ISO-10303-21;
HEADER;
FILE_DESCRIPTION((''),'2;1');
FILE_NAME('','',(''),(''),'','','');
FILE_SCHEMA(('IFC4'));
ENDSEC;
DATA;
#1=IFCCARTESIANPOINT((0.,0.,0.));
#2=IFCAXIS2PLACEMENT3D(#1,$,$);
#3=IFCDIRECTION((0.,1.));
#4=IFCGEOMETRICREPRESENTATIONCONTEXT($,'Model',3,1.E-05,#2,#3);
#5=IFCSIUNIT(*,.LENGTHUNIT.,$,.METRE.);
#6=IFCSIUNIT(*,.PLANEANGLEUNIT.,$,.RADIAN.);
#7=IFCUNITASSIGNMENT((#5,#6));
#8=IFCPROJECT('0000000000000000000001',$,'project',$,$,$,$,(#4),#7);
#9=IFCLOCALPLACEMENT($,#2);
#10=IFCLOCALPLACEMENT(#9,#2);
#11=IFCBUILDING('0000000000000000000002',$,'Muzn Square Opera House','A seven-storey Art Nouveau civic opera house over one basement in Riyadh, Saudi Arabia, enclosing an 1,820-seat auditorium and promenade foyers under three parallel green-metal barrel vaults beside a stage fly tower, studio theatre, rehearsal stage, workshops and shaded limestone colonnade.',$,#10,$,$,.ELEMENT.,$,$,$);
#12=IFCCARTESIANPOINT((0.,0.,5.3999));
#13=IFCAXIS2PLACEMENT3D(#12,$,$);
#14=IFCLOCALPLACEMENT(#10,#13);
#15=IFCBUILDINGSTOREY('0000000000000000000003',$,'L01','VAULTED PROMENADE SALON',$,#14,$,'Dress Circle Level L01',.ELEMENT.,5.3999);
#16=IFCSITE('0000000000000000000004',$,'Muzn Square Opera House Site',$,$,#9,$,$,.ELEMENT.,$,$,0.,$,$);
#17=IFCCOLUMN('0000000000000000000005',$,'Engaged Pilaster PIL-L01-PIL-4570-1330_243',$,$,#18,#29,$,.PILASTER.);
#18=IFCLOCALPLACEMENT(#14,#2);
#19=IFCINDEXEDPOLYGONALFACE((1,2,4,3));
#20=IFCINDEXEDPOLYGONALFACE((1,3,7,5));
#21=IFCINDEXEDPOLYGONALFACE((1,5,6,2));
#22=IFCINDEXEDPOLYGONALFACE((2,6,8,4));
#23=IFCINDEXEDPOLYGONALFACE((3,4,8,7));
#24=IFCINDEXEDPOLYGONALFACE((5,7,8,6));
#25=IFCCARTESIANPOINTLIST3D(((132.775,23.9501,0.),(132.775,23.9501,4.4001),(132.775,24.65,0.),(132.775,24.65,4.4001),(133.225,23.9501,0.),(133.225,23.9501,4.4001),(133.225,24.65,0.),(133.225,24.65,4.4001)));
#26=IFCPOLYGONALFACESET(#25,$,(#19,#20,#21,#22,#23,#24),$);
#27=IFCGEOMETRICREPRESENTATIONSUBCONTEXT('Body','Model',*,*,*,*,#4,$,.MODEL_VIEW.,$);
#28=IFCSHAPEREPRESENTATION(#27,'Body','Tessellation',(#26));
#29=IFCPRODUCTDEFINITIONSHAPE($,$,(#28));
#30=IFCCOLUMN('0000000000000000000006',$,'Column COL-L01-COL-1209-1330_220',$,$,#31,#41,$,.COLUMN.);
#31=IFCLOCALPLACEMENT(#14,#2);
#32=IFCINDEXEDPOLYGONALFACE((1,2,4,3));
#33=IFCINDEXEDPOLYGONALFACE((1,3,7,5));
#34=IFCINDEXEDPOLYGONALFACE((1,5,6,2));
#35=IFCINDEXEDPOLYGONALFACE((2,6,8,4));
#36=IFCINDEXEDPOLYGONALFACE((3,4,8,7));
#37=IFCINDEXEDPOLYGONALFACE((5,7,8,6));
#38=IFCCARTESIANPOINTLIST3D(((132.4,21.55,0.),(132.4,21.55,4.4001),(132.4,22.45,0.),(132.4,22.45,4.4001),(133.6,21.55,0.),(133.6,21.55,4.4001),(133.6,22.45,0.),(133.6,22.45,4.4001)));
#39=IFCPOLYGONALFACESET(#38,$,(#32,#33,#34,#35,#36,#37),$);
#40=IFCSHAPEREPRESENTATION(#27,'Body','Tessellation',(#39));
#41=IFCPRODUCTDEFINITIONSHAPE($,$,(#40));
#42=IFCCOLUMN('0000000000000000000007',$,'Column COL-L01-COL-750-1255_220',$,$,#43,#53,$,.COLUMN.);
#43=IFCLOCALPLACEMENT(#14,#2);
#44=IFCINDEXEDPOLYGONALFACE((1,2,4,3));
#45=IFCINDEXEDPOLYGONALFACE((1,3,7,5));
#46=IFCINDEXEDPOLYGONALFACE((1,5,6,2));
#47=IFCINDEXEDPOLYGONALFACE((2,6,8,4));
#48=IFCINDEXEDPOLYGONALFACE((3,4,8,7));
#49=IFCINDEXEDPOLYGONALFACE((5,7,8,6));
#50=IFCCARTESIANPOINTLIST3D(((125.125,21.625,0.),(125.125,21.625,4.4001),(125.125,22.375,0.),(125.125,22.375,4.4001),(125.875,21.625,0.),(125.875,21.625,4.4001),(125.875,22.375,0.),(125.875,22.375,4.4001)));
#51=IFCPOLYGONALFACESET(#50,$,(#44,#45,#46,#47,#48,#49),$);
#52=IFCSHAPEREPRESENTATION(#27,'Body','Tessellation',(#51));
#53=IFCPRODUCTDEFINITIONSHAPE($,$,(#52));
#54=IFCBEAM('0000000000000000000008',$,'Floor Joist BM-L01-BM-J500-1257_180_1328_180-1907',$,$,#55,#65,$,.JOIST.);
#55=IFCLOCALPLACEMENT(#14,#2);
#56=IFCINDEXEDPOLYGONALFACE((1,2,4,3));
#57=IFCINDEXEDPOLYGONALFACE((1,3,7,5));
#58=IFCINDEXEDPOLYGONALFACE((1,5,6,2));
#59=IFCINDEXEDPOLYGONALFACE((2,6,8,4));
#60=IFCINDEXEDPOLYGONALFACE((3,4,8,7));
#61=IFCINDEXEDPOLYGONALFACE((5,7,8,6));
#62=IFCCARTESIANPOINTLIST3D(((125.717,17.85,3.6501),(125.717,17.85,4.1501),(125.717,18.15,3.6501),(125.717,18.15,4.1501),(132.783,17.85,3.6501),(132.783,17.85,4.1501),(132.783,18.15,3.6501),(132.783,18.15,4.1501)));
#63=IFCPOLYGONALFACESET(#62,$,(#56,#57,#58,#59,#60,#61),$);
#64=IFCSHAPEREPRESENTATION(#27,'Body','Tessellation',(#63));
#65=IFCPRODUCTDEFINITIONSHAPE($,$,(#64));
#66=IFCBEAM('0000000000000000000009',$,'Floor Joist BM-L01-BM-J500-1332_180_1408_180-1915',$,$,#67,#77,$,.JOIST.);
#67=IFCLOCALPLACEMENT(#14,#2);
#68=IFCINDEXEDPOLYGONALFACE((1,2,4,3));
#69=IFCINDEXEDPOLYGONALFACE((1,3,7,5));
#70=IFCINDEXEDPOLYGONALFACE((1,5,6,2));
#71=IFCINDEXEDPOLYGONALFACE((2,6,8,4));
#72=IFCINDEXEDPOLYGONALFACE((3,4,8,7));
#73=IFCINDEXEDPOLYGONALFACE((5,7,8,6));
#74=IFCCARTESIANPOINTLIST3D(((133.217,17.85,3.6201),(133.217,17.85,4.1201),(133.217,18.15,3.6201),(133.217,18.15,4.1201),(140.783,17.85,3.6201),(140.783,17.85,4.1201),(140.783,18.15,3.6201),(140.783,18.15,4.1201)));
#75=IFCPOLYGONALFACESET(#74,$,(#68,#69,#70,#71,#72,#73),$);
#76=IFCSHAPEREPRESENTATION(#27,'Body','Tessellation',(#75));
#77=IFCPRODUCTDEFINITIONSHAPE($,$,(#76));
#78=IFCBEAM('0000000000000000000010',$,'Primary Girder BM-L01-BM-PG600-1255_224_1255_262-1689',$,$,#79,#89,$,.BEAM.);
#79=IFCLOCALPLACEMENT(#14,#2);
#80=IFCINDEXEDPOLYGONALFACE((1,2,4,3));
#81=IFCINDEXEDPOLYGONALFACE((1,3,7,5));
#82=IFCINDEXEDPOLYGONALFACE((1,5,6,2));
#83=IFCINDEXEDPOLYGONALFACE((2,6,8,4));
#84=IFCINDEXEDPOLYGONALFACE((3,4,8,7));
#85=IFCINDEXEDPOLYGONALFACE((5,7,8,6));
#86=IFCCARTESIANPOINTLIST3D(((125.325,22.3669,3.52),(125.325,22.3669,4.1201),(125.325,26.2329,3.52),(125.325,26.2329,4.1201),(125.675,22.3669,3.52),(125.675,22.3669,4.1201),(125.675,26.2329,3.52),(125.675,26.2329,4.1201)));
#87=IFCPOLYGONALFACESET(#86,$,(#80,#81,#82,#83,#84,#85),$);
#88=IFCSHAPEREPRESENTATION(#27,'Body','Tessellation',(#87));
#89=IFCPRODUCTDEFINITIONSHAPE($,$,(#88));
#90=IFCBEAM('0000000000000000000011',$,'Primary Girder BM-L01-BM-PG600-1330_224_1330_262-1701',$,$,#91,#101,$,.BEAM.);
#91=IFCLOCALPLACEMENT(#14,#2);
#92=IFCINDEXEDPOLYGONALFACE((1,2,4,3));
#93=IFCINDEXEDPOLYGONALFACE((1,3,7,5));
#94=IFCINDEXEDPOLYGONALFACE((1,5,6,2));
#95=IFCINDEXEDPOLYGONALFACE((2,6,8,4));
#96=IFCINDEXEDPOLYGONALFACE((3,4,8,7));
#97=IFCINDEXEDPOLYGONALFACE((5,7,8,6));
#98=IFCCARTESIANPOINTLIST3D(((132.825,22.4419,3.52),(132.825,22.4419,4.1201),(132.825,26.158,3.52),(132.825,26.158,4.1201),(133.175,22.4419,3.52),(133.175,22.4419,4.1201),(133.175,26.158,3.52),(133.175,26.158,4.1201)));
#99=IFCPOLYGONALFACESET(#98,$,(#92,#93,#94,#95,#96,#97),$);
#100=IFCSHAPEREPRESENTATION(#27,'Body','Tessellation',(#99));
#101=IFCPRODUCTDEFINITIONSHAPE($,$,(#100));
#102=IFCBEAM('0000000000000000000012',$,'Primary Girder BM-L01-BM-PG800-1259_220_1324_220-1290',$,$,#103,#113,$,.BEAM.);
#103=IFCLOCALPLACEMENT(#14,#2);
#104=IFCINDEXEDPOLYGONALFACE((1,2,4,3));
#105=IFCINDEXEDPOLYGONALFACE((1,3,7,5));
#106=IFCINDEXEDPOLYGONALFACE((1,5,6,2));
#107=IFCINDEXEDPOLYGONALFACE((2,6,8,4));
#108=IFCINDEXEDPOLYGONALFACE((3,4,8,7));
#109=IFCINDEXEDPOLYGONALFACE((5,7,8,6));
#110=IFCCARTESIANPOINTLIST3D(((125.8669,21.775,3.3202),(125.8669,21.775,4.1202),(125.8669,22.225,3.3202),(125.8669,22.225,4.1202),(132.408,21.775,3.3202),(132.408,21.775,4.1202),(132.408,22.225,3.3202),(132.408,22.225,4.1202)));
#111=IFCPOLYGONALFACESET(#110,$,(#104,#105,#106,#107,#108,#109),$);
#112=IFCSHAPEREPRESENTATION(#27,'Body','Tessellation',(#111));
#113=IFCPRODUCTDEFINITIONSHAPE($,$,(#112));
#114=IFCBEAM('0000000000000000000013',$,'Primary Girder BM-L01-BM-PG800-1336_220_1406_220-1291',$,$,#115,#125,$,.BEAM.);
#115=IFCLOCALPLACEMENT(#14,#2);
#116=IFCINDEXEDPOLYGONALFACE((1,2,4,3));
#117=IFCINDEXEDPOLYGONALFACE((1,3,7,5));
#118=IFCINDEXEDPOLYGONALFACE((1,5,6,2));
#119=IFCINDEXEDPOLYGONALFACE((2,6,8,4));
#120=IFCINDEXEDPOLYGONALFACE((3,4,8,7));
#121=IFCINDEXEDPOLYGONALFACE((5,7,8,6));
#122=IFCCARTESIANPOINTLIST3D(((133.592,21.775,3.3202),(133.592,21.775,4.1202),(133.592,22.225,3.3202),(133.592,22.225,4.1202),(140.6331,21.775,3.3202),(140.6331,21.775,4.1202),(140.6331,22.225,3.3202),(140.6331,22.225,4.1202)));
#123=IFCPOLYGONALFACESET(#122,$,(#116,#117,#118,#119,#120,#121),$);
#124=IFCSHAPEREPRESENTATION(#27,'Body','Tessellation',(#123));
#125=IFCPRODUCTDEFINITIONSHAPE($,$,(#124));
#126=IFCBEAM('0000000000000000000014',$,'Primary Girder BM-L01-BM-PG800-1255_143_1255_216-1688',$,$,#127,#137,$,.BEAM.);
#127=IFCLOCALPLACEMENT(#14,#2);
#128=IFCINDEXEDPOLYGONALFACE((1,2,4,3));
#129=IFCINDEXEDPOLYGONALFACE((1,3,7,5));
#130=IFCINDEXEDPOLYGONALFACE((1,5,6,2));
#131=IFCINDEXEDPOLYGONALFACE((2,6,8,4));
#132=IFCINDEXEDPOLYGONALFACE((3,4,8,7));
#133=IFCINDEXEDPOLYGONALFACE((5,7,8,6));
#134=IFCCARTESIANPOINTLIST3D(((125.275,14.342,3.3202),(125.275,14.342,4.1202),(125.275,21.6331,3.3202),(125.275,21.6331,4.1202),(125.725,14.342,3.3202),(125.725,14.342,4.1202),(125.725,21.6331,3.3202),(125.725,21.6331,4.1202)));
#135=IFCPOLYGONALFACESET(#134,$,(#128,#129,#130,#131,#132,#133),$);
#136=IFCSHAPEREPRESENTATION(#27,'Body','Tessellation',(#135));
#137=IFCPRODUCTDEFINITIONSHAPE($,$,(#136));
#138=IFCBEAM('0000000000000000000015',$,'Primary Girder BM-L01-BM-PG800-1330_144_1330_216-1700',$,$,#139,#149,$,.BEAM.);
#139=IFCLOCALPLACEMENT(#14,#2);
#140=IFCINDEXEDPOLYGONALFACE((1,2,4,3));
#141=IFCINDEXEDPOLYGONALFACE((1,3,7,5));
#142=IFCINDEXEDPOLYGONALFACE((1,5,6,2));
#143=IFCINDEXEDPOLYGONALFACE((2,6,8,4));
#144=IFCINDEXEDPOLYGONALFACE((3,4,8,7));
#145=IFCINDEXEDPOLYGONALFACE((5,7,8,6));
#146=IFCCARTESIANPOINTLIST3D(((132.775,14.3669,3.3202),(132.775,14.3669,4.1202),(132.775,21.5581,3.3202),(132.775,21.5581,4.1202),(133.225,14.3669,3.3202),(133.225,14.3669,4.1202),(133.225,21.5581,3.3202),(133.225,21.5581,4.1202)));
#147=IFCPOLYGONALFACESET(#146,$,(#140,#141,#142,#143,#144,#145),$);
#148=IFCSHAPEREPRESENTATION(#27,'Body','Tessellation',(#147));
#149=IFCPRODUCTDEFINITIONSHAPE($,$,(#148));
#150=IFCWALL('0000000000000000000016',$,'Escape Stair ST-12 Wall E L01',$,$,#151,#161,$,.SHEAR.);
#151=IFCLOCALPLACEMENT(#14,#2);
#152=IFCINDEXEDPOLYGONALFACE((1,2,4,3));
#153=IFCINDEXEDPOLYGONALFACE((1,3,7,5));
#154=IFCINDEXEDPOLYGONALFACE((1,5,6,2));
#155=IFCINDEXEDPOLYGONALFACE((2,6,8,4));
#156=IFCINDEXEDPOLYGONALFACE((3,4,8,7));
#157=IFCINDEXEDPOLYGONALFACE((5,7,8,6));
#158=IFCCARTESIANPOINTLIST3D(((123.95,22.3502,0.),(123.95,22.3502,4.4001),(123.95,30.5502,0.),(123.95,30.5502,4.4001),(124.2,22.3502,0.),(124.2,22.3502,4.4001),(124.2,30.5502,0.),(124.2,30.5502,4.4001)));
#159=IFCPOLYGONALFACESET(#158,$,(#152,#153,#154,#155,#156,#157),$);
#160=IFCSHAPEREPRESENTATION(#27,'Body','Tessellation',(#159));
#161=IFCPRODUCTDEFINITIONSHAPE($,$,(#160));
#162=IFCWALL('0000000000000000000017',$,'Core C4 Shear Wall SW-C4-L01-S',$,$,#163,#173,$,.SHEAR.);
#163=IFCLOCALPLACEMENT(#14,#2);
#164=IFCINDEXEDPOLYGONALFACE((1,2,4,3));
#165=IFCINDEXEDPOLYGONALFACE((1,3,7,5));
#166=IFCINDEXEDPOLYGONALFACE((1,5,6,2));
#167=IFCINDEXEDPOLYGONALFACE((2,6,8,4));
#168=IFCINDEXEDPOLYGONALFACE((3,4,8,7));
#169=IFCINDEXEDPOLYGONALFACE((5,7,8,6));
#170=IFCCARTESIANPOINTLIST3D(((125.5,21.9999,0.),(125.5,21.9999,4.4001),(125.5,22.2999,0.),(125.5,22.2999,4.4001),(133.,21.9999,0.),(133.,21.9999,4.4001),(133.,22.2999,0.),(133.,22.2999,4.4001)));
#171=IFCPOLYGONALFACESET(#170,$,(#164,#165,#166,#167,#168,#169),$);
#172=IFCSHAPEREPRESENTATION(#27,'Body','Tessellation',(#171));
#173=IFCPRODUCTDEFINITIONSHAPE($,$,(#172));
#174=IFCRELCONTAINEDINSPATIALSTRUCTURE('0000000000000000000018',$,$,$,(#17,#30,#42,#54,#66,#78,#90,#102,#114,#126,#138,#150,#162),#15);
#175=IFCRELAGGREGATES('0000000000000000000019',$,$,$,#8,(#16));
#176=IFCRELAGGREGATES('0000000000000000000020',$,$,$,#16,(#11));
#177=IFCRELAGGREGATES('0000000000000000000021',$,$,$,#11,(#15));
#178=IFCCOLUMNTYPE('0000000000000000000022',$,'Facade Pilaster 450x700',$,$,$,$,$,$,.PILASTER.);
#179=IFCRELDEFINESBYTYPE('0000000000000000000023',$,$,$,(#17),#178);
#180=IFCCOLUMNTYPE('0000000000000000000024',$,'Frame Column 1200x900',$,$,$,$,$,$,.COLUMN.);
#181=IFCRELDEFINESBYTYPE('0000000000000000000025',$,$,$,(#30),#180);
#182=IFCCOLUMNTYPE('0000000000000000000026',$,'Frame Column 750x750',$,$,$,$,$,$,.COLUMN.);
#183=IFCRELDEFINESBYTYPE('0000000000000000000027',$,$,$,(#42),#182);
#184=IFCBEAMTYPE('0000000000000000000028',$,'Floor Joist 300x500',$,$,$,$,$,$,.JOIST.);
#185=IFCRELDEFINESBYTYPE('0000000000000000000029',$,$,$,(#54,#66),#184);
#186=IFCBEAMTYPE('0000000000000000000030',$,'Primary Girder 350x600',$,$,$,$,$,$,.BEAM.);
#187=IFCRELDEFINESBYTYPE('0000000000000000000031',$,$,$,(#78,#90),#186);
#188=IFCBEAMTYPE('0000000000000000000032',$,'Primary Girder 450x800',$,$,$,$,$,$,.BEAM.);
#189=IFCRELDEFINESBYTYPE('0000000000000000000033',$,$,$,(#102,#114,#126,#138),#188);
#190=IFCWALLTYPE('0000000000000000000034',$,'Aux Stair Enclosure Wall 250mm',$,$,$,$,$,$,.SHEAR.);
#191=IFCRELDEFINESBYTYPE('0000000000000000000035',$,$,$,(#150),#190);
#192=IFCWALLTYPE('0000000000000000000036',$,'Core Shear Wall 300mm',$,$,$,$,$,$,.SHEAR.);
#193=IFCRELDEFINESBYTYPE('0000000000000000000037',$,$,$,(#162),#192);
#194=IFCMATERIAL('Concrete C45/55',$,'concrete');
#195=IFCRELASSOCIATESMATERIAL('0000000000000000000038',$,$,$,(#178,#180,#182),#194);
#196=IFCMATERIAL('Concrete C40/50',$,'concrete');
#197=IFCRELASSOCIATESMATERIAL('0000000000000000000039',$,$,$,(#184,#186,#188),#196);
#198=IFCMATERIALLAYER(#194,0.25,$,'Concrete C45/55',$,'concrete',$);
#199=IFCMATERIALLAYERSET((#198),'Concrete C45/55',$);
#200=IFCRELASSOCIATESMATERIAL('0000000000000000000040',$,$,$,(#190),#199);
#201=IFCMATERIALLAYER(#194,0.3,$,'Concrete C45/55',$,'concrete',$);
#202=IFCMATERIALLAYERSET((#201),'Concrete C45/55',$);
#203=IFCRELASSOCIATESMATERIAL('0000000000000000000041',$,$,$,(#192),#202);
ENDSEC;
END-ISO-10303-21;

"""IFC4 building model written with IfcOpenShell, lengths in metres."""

from ifc_helpers import new_model, si_unit, direction, frame, frame_2d, origin, origin_2d, place, context, subcontext, project, spatial, rectangle, extrude, material, layer, layer_set, material_profile, profile_set, type_object, element, save


model = new_model("IFC4")

# Units and contexts
model_context = context("Model", 3, precision=1e-05, world=origin(), true_north=direction((0.0, 1.0)))
body_context = subcontext(model_context, "Body", "Model", "MODEL_VIEW")
ifc_project = project(units=[si_unit("LENGTHUNIT", "METRE"), si_unit("PLANEANGLEUNIT", "RADIAN")], contexts=[model_context])

# Site, building, storey
site_placement = place(None, origin())
site = spatial("IfcSite", under=ifc_project, at=site_placement, Name="Muzn Square Opera House Site", CompositionType="ELEMENT", RefElevation=0.0)
building_placement = place(site_placement, origin())
building = spatial("IfcBuilding", under=site, at=building_placement, Name="Muzn Square Opera House", Description="A seven-storey Art Nouveau civic opera house over one basement in Riyadh, Saudi Arabia, enclosing an 1,820-seat auditorium and promenade foyers under three parallel green-metal barrel vaults beside a stage fly tower, studio theatre, rehearsal stage, workshops and shaded limestone colonnade.", CompositionType="ELEMENT")
storey_placement = place(building_placement, frame((0.0, 0.0, 5.3999)))
storey = spatial("IfcBuildingStorey", under=building, at=storey_placement, Name="L01", Description="VAULTED PROMENADE SALON", LongName="Dress Circle Level L01", CompositionType="ELEMENT", Elevation=5.3999)

# Columns
ifc_material_1 = material(Name="Concrete C45/55", Category="concrete")
ifc_material_profile_1 = material_profile(ifc_material_1, rectangle(XDim=0.45, YDim=0.7, at=origin_2d()), Name="RC 450x700", Category="concrete")
ifc_profile_set_1 = profile_set([ifc_material_profile_1], Name="Concrete C45/55")
column_type_1 = type_object("IfcColumnType", Name="Facade Pilaster 450x700", PredefinedType="PILASTER", material=ifc_profile_set_1)
column_1_placement = place(storey_placement, frame((133.0, 24.3, 0.0), z_axis=(0.0, 0.0, 1.0), x_axis=(1.0, 0.0, 0.0)))
element("IfcColumn", 1, at=column_1_placement, inside=storey, type_object=column_type_1, Name="Engaged Pilaster PIL-L01-PIL-4570-1330_243", PredefinedType="PILASTER", context=body_context, shape_type="SweptSolid", body=[
    extrude(rectangle(XDim=0.45, YDim=0.7, at=origin_2d()), origin(), (0.0, 0.0, 1.0), 4.4001),
])
ifc_material_profile_2 = material_profile(ifc_material_1, rectangle(XDim=1.2, YDim=0.8999, at=origin_2d()), Name="RC 1200x900", Category="concrete")
ifc_profile_set_2 = profile_set([ifc_material_profile_2], Name="Concrete C45/55")
column_type_2 = type_object("IfcColumnType", Name="Frame Column 1200x900", PredefinedType="COLUMN", material=ifc_profile_set_2)
column_2_placement = place(storey_placement, frame((133.0, 22.0, 0.0), z_axis=(0.0, 0.0, 1.0), x_axis=(1.0, 0.0, 0.0)))
element("IfcColumn", 2, at=column_2_placement, inside=storey, type_object=column_type_2, Name="Column COL-L01-COL-1209-1330_220", PredefinedType="COLUMN", context=body_context, shape_type="SweptSolid", body=[
    extrude(rectangle(XDim=1.2, YDim=0.8999, at=origin_2d()), origin(), (0.0, 0.0, 1.0), 4.4001),
])
ifc_material_profile_3 = material_profile(ifc_material_1, rectangle(XDim=0.75, YDim=0.75, at=origin_2d()), Name="RC 750x750", Category="concrete")
ifc_profile_set_3 = profile_set([ifc_material_profile_3], Name="Concrete C45/55")
column_type_3 = type_object("IfcColumnType", Name="Frame Column 750x750", PredefinedType="COLUMN", material=ifc_profile_set_3)
column_3_placement = place(storey_placement, frame((125.5, 22.0, 0.0), z_axis=(0.0, 0.0, 1.0), x_axis=(1.0, 0.0, 0.0)))
element("IfcColumn", 3, at=column_3_placement, inside=storey, type_object=column_type_3, Name="Column COL-L01-COL-750-1255_220", PredefinedType="COLUMN", context=body_context, shape_type="SweptSolid", body=[
    extrude(rectangle(XDim=0.75, YDim=0.75, at=origin_2d()), origin(), (0.0, 0.0, 1.0), 4.4001),
])

# Beams
ifc_material_2 = material(Name="Concrete C40/50", Category="concrete")
ifc_material_profile_4 = material_profile(ifc_material_2, rectangle(XDim=0.3, YDim=0.5, at=origin_2d()), Name="RCJ 300x500", Category="concrete")
ifc_profile_set_4 = profile_set([ifc_material_profile_4], Name="Concrete C40/50")
beam_type_1 = type_object("IfcBeamType", Name="Floor Joist 300x500", PredefinedType="JOIST", material=ifc_profile_set_4)
beam_1_placement = place(storey_placement, frame((125.717, 18.0, 3.9001), z_axis=(1.0, 0.0, 0.0), x_axis=(0.0, 1.0, 0.0)))
element("IfcBeam", 4, at=beam_1_placement, inside=storey, type_object=beam_type_1, Name="Floor Joist BM-L01-BM-J500-1257_180_1328_180-1907", PredefinedType="JOIST", context=body_context, shape_type="SweptSolid", body=[
    extrude(rectangle(XDim=0.3, YDim=0.5, at=origin_2d()), origin(), (0.0, 0.0, 1.0), 7.0659),
])
beam_2_placement = place(storey_placement, frame((133.217, 18.0, 3.8701), z_axis=(1.0, 0.0, 0.0), x_axis=(0.0, 1.0, 0.0)))
element("IfcBeam", 5, at=beam_2_placement, inside=storey, type_object=beam_type_1, Name="Floor Joist BM-L01-BM-J500-1332_180_1408_180-1915", PredefinedType="JOIST", context=body_context, shape_type="SweptSolid", body=[
    extrude(rectangle(XDim=0.3, YDim=0.5, at=origin_2d()), origin(), (0.0, 0.0, 1.0), 7.5659),
])
ifc_material_profile_5 = material_profile(ifc_material_2, rectangle(XDim=0.3501, YDim=0.6001, at=origin_2d()), Name="RCB 350x600", Category="concrete")
ifc_profile_set_5 = profile_set([ifc_material_profile_5], Name="Concrete C40/50")
beam_type_2 = type_object("IfcBeamType", Name="Primary Girder 350x600", PredefinedType="BEAM", material=ifc_profile_set_5)
beam_3_placement = place(storey_placement, frame((125.5, 22.3669, 3.8201), z_axis=(0.0, 1.0, 0.0), x_axis=(-1.0, 0.0, 0.0)))
element("IfcBeam", 6, at=beam_3_placement, inside=storey, type_object=beam_type_2, Name="Primary Girder BM-L01-BM-PG600-1255_224_1255_262-1689", PredefinedType="BEAM", context=body_context, shape_type="SweptSolid", body=[
    extrude(rectangle(XDim=0.3501, YDim=0.6001, at=origin_2d()), origin(), (0.0, 0.0, 1.0), 3.866),
])
beam_4_placement = place(storey_placement, frame((133.0, 22.4419, 3.8201), z_axis=(0.0, 1.0, 0.0), x_axis=(-1.0, 0.0, 0.0)))
element("IfcBeam", 7, at=beam_4_placement, inside=storey, type_object=beam_type_2, Name="Primary Girder BM-L01-BM-PG600-1330_224_1330_262-1701", PredefinedType="BEAM", context=body_context, shape_type="SweptSolid", body=[
    extrude(rectangle(XDim=0.3501, YDim=0.6001, at=origin_2d()), origin(), (0.0, 0.0, 1.0), 3.7161),
])
ifc_material_profile_6 = material_profile(ifc_material_2, rectangle(XDim=0.45, YDim=0.8, at=origin_2d()), Name="RCB 450x800", Category="concrete")
ifc_profile_set_6 = profile_set([ifc_material_profile_6], Name="Concrete C40/50")
beam_type_3 = type_object("IfcBeamType", Name="Primary Girder 450x800", PredefinedType="BEAM", material=ifc_profile_set_6)
beam_5_placement = place(storey_placement, frame((125.8669, 22.0, 3.7202), z_axis=(1.0, 0.0, 0.0), x_axis=(0.0, 1.0, 0.0)))
element("IfcBeam", 8, at=beam_5_placement, inside=storey, type_object=beam_type_3, Name="Primary Girder BM-L01-BM-PG800-1259_220_1324_220-1290", PredefinedType="BEAM", context=body_context, shape_type="SweptSolid", body=[
    extrude(rectangle(XDim=0.45, YDim=0.8, at=origin_2d()), origin(), (0.0, 0.0, 1.0), 6.541),
])
beam_6_placement = place(storey_placement, frame((133.592, 22.0, 3.7202), z_axis=(1.0, 0.0, 0.0), x_axis=(0.0, 1.0, 0.0)))
element("IfcBeam", 9, at=beam_6_placement, inside=storey, type_object=beam_type_3, Name="Primary Girder BM-L01-BM-PG800-1336_220_1406_220-1291", PredefinedType="BEAM", context=body_context, shape_type="SweptSolid", body=[
    extrude(rectangle(XDim=0.45, YDim=0.8, at=origin_2d()), origin(), (0.0, 0.0, 1.0), 7.041),
])
beam_7_placement = place(storey_placement, frame((125.5, 14.342, 3.7202), z_axis=(0.0, 1.0, 0.0), x_axis=(-1.0, 0.0, 0.0)))
element("IfcBeam", 10, at=beam_7_placement, inside=storey, type_object=beam_type_3, Name="Primary Girder BM-L01-BM-PG800-1255_143_1255_216-1688", PredefinedType="BEAM", context=body_context, shape_type="SweptSolid", body=[
    extrude(rectangle(XDim=0.45, YDim=0.8, at=origin_2d()), origin(), (0.0, 0.0, 1.0), 7.291),
])
beam_8_placement = place(storey_placement, frame((133.0, 14.3669, 3.7202), z_axis=(0.0, 1.0, 0.0), x_axis=(-1.0, 0.0, 0.0)))
element("IfcBeam", 11, at=beam_8_placement, inside=storey, type_object=beam_type_3, Name="Primary Girder BM-L01-BM-PG800-1330_144_1330_216-1700", PredefinedType="BEAM", context=body_context, shape_type="SweptSolid", body=[
    extrude(rectangle(XDim=0.45, YDim=0.8, at=origin_2d()), origin(), (0.0, 0.0, 1.0), 7.1912),
])

# Walls
ifc_layer_1 = layer(ifc_material_1, 0.25, Name="Concrete C45/55", Category="concrete")
ifc_layer_set_1 = layer_set([ifc_layer_1], Name="Concrete C45/55")
wall_type_1 = type_object("IfcWallType", Name="Aux Stair Enclosure Wall 250mm", PredefinedType="SHEAR", material=ifc_layer_set_1)
wall_1_placement = place(storey_placement, frame((124.075, 22.3501, 0.0), z_axis=(0.0, 0.0, 1.0), x_axis=(0.0, 1.0, 0.0)))
element("IfcWall", 12, at=wall_1_placement, inside=storey, type_object=wall_type_1, Name="Escape Stair ST-12 Wall E L01", PredefinedType="SHEAR", context=body_context, shape_type="SweptSolid", body=[
    extrude(rectangle(XDim=8.2, YDim=0.25, at=frame_2d((4.1001, 0.0))), origin(), (0.0, 0.0, 1.0), 4.4001),
])
ifc_layer_2 = layer(ifc_material_1, 0.3, Name="Concrete C45/55", Category="concrete")
ifc_layer_set_2 = layer_set([ifc_layer_2], Name="Concrete C45/55")
wall_type_2 = type_object("IfcWallType", Name="Core Shear Wall 300mm", PredefinedType="SHEAR", material=ifc_layer_set_2)
wall_2_placement = place(storey_placement, frame((125.5, 22.1499, 0.0), z_axis=(0.0, 0.0, 1.0), x_axis=(1.0, 0.0, 0.0)))
element("IfcWall", 13, at=wall_2_placement, inside=storey, type_object=wall_type_2, Name="Core C4 Shear Wall SW-C4-L01-S", PredefinedType="SHEAR", context=body_context, shape_type="SweptSolid", body=[
    extrude(rectangle(XDim=7.5, YDim=0.3, at=frame_2d((3.75, 0.0))), origin(), (0.0, 0.0, 1.0), 4.4001),
])

save(model, "model.ifc")
